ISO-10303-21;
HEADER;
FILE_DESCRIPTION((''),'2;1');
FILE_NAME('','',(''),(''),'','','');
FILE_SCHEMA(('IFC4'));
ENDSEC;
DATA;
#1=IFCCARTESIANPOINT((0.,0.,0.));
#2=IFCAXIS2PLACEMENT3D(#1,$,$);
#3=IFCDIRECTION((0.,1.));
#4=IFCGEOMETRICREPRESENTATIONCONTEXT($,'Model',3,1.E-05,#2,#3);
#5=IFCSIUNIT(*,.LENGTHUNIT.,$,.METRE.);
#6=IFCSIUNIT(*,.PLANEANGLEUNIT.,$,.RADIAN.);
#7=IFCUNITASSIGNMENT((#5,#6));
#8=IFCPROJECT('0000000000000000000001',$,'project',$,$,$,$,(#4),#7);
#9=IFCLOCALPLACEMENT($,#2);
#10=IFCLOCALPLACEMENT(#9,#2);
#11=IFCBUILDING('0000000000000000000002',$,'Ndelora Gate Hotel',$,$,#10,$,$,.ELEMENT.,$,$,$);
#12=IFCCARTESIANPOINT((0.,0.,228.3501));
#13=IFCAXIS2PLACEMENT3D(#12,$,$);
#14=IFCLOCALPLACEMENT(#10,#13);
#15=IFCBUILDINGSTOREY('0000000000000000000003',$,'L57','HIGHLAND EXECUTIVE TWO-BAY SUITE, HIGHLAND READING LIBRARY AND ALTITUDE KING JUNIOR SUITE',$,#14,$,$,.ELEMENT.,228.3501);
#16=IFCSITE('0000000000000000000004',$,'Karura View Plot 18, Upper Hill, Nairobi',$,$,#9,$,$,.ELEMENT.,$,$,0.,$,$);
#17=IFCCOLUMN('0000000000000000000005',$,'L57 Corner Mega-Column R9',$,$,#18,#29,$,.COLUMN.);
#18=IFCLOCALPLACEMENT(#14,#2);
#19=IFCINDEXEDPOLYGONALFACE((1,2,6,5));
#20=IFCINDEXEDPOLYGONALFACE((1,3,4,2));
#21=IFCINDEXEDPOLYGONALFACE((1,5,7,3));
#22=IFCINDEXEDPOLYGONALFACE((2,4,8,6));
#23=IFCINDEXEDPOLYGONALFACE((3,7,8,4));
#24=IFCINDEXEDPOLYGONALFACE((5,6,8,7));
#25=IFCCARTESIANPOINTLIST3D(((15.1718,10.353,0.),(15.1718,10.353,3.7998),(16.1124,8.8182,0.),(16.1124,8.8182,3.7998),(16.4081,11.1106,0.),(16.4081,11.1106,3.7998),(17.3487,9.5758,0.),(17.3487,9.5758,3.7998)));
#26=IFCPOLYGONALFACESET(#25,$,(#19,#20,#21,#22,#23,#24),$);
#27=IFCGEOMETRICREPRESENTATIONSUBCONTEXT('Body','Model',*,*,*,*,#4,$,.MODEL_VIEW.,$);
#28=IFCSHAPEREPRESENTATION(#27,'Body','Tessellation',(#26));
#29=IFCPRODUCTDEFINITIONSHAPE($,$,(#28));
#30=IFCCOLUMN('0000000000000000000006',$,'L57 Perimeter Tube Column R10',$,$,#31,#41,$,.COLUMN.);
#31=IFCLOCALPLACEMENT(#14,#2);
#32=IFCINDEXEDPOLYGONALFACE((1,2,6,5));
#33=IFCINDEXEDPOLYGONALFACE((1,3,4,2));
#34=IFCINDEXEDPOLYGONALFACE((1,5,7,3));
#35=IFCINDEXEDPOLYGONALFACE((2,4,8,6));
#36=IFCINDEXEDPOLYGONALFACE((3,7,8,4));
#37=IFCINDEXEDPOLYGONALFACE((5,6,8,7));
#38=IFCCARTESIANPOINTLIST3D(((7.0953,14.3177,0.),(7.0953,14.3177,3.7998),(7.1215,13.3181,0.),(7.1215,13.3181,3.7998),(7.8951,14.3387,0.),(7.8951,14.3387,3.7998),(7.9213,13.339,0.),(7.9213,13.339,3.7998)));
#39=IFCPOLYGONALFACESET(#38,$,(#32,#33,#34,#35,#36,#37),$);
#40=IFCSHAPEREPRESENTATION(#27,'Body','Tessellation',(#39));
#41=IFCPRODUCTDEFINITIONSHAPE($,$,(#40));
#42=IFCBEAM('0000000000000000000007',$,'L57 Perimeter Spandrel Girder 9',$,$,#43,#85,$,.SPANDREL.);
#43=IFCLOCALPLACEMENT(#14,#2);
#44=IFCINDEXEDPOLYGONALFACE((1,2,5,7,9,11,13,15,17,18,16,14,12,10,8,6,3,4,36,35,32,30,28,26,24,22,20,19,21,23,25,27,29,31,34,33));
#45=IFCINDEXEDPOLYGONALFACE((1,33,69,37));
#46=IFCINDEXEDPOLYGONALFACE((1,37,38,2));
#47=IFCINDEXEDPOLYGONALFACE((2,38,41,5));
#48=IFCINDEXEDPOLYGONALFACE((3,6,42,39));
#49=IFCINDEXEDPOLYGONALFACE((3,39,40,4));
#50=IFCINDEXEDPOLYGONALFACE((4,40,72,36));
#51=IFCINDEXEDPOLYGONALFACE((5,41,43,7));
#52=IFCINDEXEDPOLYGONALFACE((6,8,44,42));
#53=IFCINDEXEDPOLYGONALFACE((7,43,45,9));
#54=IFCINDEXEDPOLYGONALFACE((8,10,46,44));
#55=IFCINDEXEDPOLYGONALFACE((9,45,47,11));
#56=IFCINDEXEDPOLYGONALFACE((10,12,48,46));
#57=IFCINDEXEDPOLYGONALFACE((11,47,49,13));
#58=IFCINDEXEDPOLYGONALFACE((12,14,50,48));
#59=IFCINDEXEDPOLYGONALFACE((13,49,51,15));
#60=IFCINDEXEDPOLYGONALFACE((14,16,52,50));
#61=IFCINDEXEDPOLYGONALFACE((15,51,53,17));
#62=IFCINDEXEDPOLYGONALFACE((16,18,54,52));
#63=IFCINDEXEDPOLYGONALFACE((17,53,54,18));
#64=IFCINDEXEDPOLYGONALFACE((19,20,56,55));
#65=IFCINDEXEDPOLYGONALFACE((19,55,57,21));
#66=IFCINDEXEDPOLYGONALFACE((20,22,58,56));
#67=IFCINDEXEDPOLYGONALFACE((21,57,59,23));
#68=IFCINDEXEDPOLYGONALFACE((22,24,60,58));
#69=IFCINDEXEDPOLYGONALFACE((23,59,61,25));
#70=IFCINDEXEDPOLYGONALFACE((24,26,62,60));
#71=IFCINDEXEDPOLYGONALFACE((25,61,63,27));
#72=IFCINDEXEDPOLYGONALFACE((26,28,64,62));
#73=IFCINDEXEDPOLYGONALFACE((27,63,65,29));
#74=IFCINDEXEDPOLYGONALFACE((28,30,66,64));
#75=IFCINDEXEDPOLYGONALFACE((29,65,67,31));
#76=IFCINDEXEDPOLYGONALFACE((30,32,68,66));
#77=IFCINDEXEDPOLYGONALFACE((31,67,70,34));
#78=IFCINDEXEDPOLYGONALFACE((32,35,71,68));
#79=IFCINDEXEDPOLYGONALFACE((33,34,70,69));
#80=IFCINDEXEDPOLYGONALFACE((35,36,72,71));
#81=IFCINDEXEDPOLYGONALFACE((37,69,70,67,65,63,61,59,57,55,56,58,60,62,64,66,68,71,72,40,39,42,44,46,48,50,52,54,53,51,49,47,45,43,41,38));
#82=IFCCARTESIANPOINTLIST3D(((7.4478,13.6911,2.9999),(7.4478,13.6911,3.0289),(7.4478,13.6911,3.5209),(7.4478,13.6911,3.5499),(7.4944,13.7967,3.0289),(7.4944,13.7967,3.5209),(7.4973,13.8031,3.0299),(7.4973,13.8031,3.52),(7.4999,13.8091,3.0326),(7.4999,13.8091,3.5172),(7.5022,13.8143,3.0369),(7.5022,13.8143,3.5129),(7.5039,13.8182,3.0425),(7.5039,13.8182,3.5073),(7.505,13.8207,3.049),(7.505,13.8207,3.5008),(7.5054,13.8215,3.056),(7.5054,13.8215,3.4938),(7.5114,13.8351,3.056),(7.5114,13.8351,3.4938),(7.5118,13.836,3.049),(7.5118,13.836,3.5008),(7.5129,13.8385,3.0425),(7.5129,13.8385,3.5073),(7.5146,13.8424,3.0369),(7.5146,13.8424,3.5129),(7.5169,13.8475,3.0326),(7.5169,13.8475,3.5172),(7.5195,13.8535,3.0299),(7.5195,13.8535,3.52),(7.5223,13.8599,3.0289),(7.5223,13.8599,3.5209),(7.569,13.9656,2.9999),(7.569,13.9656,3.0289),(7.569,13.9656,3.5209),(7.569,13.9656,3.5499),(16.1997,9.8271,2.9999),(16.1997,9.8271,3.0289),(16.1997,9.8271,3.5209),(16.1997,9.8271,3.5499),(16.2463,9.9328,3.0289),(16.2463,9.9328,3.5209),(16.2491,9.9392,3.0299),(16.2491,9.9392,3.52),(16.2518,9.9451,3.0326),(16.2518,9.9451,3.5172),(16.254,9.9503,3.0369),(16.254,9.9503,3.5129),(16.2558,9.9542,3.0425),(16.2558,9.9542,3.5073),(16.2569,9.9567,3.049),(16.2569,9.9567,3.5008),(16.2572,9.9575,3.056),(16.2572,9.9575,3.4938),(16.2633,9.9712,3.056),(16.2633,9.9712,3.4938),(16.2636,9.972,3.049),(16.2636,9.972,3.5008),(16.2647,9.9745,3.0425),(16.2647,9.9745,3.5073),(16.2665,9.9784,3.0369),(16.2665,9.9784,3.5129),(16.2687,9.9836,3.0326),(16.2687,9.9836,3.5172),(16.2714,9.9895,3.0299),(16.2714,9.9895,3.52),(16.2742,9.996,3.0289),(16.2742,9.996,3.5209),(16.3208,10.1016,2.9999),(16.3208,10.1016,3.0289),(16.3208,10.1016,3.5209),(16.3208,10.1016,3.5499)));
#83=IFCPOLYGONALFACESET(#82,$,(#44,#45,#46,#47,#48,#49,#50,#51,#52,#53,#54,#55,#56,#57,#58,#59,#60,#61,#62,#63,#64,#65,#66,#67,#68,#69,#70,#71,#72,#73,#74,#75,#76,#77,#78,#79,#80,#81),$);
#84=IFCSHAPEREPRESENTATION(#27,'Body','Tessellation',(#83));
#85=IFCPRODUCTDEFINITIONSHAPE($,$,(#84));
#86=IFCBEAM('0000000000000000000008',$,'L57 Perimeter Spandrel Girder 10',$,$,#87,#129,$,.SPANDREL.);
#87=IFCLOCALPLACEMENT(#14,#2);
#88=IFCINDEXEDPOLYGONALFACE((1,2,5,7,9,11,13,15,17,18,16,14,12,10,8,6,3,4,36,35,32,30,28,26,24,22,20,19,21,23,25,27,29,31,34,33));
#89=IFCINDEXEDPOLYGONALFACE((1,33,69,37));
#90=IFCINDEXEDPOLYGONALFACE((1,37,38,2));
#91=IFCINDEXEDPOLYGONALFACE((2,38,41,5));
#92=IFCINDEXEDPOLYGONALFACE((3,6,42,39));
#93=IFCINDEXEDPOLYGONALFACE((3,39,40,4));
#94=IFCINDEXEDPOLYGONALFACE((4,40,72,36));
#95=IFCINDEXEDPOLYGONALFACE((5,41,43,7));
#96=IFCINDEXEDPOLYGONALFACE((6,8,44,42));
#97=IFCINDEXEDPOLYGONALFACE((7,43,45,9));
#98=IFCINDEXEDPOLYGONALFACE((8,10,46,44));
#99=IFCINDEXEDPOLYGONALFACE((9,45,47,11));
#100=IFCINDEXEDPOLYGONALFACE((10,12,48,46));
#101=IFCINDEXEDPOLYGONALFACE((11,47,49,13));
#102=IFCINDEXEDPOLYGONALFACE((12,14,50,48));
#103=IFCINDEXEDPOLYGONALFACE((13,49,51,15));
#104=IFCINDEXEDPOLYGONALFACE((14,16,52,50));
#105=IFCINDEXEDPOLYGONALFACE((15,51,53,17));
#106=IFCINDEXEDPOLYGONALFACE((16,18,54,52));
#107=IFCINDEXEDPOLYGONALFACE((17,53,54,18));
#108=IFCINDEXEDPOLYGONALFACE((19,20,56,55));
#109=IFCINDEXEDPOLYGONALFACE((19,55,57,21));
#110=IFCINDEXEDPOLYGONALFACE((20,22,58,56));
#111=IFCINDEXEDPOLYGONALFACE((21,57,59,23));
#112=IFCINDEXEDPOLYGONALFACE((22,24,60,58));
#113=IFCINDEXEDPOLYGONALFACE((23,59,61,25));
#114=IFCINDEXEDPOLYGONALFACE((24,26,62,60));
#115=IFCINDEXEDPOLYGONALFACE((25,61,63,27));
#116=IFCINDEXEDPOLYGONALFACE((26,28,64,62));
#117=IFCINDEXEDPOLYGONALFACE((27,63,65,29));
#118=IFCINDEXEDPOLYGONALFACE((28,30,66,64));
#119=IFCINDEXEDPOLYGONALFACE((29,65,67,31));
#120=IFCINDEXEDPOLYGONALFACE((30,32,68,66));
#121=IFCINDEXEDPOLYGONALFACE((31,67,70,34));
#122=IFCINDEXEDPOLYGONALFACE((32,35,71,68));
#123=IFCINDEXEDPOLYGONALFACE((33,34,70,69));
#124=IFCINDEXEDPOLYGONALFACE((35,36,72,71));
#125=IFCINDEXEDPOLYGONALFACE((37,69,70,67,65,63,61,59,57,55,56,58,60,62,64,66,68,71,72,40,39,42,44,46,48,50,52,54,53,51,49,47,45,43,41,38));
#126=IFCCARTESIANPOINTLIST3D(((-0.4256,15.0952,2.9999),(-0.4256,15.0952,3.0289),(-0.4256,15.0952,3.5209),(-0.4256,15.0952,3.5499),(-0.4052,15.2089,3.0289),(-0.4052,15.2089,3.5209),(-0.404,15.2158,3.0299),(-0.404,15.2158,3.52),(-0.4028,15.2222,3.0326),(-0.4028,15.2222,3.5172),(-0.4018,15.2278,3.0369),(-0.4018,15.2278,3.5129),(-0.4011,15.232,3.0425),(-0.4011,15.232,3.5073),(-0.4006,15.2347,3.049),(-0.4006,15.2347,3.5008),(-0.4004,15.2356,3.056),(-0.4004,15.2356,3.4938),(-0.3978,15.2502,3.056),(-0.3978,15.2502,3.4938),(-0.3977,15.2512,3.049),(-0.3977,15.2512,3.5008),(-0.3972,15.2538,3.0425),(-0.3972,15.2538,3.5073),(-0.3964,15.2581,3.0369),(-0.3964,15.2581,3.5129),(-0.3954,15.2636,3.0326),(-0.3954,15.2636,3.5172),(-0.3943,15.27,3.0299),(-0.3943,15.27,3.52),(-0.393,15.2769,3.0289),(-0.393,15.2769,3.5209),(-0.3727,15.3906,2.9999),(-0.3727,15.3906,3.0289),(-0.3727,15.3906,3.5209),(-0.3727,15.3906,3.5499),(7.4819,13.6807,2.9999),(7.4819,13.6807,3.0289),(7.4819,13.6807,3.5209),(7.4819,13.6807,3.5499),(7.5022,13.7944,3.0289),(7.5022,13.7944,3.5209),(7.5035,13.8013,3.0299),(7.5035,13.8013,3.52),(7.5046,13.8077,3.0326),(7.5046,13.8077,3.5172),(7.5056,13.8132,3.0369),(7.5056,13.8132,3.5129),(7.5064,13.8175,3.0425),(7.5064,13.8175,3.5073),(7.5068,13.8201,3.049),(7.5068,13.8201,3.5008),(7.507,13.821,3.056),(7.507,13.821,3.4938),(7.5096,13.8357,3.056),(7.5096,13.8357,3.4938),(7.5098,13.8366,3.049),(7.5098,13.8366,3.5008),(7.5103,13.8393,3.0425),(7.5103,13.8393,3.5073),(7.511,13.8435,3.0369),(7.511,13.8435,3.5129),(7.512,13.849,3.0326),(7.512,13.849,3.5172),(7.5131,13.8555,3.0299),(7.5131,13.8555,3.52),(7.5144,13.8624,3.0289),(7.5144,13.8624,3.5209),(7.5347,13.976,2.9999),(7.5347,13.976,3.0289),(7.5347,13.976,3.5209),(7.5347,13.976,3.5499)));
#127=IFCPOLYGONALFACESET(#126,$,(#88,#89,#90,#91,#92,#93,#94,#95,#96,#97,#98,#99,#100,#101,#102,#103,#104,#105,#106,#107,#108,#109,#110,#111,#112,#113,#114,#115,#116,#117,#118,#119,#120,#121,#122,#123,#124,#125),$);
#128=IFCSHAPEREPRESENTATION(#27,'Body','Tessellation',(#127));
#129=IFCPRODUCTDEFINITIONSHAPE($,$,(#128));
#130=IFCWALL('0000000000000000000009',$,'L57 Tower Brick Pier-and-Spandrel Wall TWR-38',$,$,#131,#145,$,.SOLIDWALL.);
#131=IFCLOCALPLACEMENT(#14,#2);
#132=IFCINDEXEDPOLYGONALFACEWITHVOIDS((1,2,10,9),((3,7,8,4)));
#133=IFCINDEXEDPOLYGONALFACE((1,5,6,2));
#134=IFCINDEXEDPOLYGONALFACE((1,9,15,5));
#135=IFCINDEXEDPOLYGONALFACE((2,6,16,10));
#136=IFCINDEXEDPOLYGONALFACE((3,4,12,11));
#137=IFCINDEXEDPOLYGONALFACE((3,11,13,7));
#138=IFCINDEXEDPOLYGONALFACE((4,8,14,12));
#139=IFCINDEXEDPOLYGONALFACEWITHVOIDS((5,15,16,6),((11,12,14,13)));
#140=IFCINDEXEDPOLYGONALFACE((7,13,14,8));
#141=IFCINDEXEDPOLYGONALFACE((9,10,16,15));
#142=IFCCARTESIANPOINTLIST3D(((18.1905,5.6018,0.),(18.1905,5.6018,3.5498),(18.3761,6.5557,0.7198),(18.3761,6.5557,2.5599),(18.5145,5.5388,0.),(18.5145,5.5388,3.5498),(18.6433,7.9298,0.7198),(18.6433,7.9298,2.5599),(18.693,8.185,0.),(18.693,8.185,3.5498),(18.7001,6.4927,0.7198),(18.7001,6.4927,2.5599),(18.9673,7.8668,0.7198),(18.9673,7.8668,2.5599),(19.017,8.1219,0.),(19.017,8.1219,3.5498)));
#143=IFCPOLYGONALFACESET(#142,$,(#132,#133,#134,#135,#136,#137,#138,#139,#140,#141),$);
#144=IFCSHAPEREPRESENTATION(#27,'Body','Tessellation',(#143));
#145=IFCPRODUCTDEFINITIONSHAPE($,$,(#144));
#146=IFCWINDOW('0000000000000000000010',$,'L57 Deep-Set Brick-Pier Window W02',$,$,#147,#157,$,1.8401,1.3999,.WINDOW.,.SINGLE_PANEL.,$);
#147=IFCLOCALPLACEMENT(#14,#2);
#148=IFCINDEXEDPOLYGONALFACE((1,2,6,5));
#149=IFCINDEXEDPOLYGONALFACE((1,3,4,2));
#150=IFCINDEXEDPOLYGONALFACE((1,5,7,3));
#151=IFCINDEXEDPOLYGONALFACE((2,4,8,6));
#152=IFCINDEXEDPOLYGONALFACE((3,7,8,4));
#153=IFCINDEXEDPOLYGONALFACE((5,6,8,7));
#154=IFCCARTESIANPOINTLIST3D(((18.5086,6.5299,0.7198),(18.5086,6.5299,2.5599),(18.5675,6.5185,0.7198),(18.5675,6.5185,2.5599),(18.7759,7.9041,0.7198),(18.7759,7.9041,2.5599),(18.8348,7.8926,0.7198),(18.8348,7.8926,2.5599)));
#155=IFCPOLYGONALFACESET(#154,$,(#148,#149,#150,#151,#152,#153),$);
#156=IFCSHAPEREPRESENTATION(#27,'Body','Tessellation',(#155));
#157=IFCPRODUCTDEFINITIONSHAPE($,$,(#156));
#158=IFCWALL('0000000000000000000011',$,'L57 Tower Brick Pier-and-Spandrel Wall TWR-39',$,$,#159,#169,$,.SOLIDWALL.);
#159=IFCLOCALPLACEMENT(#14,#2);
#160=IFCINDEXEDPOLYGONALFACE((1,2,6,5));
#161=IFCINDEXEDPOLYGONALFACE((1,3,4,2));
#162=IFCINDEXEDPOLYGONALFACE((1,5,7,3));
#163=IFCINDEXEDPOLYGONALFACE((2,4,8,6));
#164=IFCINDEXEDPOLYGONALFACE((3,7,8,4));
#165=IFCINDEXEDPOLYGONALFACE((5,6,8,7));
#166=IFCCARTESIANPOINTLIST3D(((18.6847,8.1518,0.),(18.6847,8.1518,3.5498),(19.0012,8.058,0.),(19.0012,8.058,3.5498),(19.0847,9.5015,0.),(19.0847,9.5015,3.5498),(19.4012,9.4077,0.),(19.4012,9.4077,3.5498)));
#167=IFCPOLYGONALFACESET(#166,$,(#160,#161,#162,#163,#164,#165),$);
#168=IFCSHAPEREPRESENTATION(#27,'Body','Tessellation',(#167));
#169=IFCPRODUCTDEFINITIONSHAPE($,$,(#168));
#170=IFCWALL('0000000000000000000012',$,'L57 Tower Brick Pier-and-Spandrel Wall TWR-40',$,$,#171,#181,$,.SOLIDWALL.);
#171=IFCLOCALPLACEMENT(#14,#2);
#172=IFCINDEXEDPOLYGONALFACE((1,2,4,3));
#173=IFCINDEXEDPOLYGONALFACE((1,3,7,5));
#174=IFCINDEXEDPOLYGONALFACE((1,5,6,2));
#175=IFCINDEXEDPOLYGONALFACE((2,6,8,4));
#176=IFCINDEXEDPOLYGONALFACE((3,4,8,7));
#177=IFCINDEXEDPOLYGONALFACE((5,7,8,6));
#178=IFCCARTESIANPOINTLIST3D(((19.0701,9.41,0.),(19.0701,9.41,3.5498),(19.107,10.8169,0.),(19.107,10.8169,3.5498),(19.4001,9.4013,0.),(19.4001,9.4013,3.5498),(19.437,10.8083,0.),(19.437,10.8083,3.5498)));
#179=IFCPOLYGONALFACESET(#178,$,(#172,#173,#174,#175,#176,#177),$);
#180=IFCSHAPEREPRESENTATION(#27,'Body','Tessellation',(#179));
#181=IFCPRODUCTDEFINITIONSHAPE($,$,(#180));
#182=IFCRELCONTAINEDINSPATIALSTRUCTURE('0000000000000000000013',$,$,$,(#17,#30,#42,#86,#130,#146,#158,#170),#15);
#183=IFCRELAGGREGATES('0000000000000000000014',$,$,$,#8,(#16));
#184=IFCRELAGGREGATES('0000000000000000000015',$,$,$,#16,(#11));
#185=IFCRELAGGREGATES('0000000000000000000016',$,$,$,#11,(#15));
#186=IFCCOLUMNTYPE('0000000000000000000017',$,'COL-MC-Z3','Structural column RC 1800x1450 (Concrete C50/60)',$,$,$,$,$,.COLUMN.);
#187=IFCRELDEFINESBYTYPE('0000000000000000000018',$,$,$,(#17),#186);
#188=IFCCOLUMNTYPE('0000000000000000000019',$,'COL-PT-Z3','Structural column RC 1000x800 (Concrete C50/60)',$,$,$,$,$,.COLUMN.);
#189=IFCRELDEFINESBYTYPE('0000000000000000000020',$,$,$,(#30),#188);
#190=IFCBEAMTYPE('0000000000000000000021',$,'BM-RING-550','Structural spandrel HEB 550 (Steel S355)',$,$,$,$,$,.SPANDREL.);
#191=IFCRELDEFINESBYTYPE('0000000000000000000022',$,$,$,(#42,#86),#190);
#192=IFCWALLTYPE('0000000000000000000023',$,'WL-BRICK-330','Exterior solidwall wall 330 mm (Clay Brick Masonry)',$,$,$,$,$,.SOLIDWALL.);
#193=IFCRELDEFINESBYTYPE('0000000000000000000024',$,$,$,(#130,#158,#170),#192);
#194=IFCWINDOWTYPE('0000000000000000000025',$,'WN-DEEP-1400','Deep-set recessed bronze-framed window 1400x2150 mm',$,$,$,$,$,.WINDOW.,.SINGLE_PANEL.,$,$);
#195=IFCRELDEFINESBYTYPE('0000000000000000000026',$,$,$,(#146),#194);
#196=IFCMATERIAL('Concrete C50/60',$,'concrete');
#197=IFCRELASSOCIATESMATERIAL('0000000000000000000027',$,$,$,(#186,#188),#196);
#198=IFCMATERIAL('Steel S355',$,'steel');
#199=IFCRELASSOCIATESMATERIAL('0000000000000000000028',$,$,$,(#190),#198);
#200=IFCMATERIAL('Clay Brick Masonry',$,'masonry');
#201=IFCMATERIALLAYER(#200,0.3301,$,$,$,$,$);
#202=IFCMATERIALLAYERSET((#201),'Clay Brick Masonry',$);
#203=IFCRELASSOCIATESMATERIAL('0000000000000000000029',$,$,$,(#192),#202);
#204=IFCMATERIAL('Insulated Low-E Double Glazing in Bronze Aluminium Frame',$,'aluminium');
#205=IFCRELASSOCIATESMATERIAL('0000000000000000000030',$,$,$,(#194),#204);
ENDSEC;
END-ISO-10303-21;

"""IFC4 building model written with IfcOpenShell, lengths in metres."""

from ifc_helpers import new_model, si_unit, direction, frame, frame_2d, origin, origin_2d, place, context, subcontext, project, spatial, rectangle, i_section, extrude, material, layer, layer_set, material_profile, profile_set, type_object, element, fill, save


model = new_model("IFC4")

# Units and contexts
model_context = context("Model", 3, precision=1e-05, world=origin(), true_north=direction((0.0, 1.0)))
body_context = subcontext(model_context, "Body", "Model", "MODEL_VIEW")
ifc_project = project(units=[si_unit("LENGTHUNIT", "METRE"), si_unit("PLANEANGLEUNIT", "RADIAN")], contexts=[model_context])

# Site, building, storey
site_placement = place(None, origin())
site = spatial("IfcSite", under=ifc_project, at=site_placement, Name="Karura View Plot 18, Upper Hill, Nairobi", CompositionType="ELEMENT", RefElevation=0.0)
building_placement = place(site_placement, origin())
building = spatial("IfcBuilding", under=site, at=building_placement, Name="Ndelora Gate Hotel", CompositionType="ELEMENT")
storey_placement = place(building_placement, frame((0.0, 0.0, 228.3501)))
storey = spatial("IfcBuildingStorey", under=building, at=storey_placement, Name="L57", Description="HIGHLAND EXECUTIVE TWO-BAY SUITE, HIGHLAND READING LIBRARY AND ALTITUDE KING JUNIOR SUITE", CompositionType="ELEMENT", Elevation=228.3501)

# Columns
ifc_material_1 = material(Name="Concrete C50/60", Category="concrete")
ifc_material_profile_1 = material_profile(ifc_material_1, rectangle(XDim=1.45, YDim=1.8, at=origin_2d()), Name="RC 1800x1450")
ifc_profile_set_1 = profile_set([ifc_material_profile_1], Name="Concrete C50/60")
column_type_1 = type_object("IfcColumnType", Name="COL-MC-Z3", Description="Structural column RC 1800x1450 (Concrete C50/60)", PredefinedType="COLUMN", material=ifc_profile_set_1)
column_1_placement = place(storey_placement, frame((16.2603, 9.9644, 0.0), z_axis=(0.0, 0.0, 1.0), x_axis=(0.85264, 0.522499, 0.0)))
element("IfcColumn", 1, at=column_1_placement, inside=storey, type_object=column_type_1, Name="L57 Corner Mega-Column R9", PredefinedType="COLUMN", context=body_context, shape_type="SweptSolid", body=[
    extrude(rectangle(XDim=1.45, YDim=1.8, at=origin_2d()), origin(), (0.0, 0.0, 1.0), 3.7998),
])
ifc_material_profile_2 = material_profile(ifc_material_1, rectangle(XDim=0.8, YDim=1.0, at=origin_2d()), Name="RC 1000x800")
ifc_profile_set_2 = profile_set([ifc_material_profile_2], Name="Concrete C50/60")
column_type_2 = type_object("IfcColumnType", Name="COL-PT-Z3", Description="Structural column RC 1000x800 (Concrete C50/60)", PredefinedType="COLUMN", material=ifc_profile_set_2)
column_2_placement = place(storey_placement, frame((7.5083, 13.8284, 0.0), z_axis=(0.0, 0.0, 1.0), x_axis=(0.999657, 0.026177, 0.0)))
element("IfcColumn", 2, at=column_2_placement, inside=storey, type_object=column_type_2, Name="L57 Perimeter Tube Column R10", PredefinedType="COLUMN", context=body_context, shape_type="SweptSolid", body=[
    extrude(rectangle(XDim=0.8, YDim=1.0, at=origin_2d()), origin(), (0.0, 0.0, 1.0), 3.7998),
])

# Beams
ifc_material_2 = material(Name="Steel S355", Category="steel")
ifc_material_profile_3 = material_profile(ifc_material_2, i_section(OverallWidth=0.3, OverallDepth=0.55, WebThickness=0.0149, FlangeThickness=0.0291, FilletRadius=0.0271, at=origin_2d()), Name="HEB 550")
ifc_profile_set_3 = profile_set([ifc_material_profile_3], Name="Steel S355")
beam_type = type_object("IfcBeamType", Name="BM-RING-550", Description="Structural spandrel HEB 550 (Steel S355)", PredefinedType="SPANDREL", material=ifc_profile_set_3)
beam_1_placement = place(storey_placement, frame((16.2603, 9.9644, 3.2749), z_axis=(-0.914807, 0.40389, 0.0), x_axis=(-0.40389, -0.914807, 0.0)))
element("IfcBeam", 3, at=beam_1_placement, inside=storey, type_object=beam_type, Name="L57 Perimeter Spandrel Girder 9", PredefinedType="SPANDREL", context=body_context, shape_type="SweptSolid", body=[
    extrude(i_section(OverallWidth=0.3, OverallDepth=0.55, WebThickness=0.0149, FlangeThickness=0.0291, FilletRadius=0.0271, at=origin_2d()), origin(), (0.0, 0.0, 1.0), 9.5669),
])
beam_2_placement = place(storey_placement, frame((7.5083, 13.8284, 3.2749), z_axis=(-0.984374, 0.176093, 0.0), x_axis=(-0.176093, -0.984374, 0.0)))
element("IfcBeam", 4, at=beam_2_placement, inside=storey, type_object=beam_type, Name="L57 Perimeter Spandrel Girder 10", PredefinedType="SPANDREL", context=body_context, shape_type="SweptSolid", body=[
    extrude(i_section(OverallWidth=0.3, OverallDepth=0.55, WebThickness=0.0149, FlangeThickness=0.0291, FilletRadius=0.0271, at=origin_2d()), origin(), (0.0, 0.0, 1.0), 8.033),
])

# Wall, opening, window
ifc_material_3 = material(Name="Clay Brick Masonry", Category="masonry")
ifc_layer_1 = layer(ifc_material_3, 0.3301)
ifc_layer_set_1 = layer_set([ifc_layer_1], Name="Clay Brick Masonry")
wall_type_1 = type_object("IfcWallType", Name="WL-BRICK-330", Description="Exterior solidwall wall 330 mm (Clay Brick Masonry)", PredefinedType="SOLIDWALL", material=ifc_layer_set_1)
wall_1_placement = place(storey_placement, frame((18.855, 8.1536, 0.0), z_axis=(0.0, 0.0, 1.0), x_axis=(-0.190922, -0.981605, 0.0)))
wall_1 = element("IfcWall", 5, at=wall_1_placement, inside=storey, type_object=wall_type_1, Name="L57 Tower Brick Pier-and-Spandrel Wall TWR-38", PredefinedType="SOLIDWALL", context=body_context, shape_type="SweptSolid", body=[
    extrude(rectangle(XDim=2.6316, YDim=0.3301, at=frame_2d((1.3159, 0.0))), origin(), (0.0, 0.0, 1.0), 3.5498),
])
opening_1_placement = place(wall_1_placement, frame((0.26, 0.0, 0.72)))
opening_1 = element("IfcOpeningElement", 6, at=opening_1_placement, cuts=wall_1, PredefinedType="OPENING", context=body_context, shape_type="SweptSolid", body=[
    extrude(rectangle(XDim=1.3999, YDim=1.8401, at=frame_2d((0.7, 0.9199))), frame((0.0, 0.175, 0.0), z_axis=(0.0, -1.0, 0.0), x_axis=(1.0, 0.0, 0.0)), (0.0, 0.0, 1.0), 0.3501),
])
ifc_material_4 = material(Name="Insulated Low-E Double Glazing in Bronze Aluminium Frame", Category="aluminium")
window_type = type_object("IfcWindowType", Name="WN-DEEP-1400", Description="Deep-set recessed bronze-framed window 1400x2150 mm", PartitioningType="SINGLE_PANEL", PredefinedType="WINDOW", material=ifc_material_4)
window_1_placement = place(opening_1_placement, origin())
window_1 = element("IfcWindow", 7, at=window_1_placement, inside=storey, type_object=window_type, Name="L57 Deep-Set Brick-Pier Window W02", OverallHeight=1.8401, OverallWidth=1.3999, PartitioningType="SINGLE_PANEL", PredefinedType="WINDOW", context=body_context, shape_type="SweptSolid", body=[
    extrude(rectangle(XDim=1.3999, YDim=1.8401, at=frame_2d((0.7, 0.9199))), frame((0.0, 0.03, 0.0), z_axis=(0.0, -1.0, 0.0), x_axis=(1.0, 0.0, 0.0)), (0.0, 0.0, 1.0), 0.0601),
])
fill(opening_1, window_1)

# Walls
wall_2_placement = place(storey_placement, frame((19.2429, 9.4546, 0.0), z_axis=(0.0, 0.0, 1.0), x_axis=(-0.2841, -0.958795, 0.0)))
element("IfcWall", 8, at=wall_2_placement, inside=storey, type_object=wall_type_1, Name="L57 Tower Brick Pier-and-Spandrel Wall TWR-39", PredefinedType="SOLIDWALL", context=body_context, shape_type="SweptSolid", body=[
    extrude(rectangle(XDim=1.4077, YDim=0.3301, at=frame_2d((0.7039, 0.0))), origin(), (0.0, 0.0, 1.0), 3.5498),
])
for number, where, z_axis, x_axis, name in (
    (9, (19.272, 10.8125, 0.0), (0.0, 0.0, 1.0), (-0.026193, -0.999657, 0.0), "L57 Tower Brick Pier-and-Spandrel Wall TWR-40"),
):
    element("IfcWall", number, at=place(storey_placement, frame(where, z_axis=z_axis, x_axis=x_axis)), inside=storey, type_object=wall_type_1, Name=name, PredefinedType="SOLIDWALL", context=body_context, shape_type="SweptSolid", body=[
        extrude(rectangle(XDim=1.4075, YDim=0.3301, at=frame_2d((0.7036, 0.0))), origin(), (0.0, 0.0, 1.0), 3.5498),
    ])

save(model, "model.ifc")
